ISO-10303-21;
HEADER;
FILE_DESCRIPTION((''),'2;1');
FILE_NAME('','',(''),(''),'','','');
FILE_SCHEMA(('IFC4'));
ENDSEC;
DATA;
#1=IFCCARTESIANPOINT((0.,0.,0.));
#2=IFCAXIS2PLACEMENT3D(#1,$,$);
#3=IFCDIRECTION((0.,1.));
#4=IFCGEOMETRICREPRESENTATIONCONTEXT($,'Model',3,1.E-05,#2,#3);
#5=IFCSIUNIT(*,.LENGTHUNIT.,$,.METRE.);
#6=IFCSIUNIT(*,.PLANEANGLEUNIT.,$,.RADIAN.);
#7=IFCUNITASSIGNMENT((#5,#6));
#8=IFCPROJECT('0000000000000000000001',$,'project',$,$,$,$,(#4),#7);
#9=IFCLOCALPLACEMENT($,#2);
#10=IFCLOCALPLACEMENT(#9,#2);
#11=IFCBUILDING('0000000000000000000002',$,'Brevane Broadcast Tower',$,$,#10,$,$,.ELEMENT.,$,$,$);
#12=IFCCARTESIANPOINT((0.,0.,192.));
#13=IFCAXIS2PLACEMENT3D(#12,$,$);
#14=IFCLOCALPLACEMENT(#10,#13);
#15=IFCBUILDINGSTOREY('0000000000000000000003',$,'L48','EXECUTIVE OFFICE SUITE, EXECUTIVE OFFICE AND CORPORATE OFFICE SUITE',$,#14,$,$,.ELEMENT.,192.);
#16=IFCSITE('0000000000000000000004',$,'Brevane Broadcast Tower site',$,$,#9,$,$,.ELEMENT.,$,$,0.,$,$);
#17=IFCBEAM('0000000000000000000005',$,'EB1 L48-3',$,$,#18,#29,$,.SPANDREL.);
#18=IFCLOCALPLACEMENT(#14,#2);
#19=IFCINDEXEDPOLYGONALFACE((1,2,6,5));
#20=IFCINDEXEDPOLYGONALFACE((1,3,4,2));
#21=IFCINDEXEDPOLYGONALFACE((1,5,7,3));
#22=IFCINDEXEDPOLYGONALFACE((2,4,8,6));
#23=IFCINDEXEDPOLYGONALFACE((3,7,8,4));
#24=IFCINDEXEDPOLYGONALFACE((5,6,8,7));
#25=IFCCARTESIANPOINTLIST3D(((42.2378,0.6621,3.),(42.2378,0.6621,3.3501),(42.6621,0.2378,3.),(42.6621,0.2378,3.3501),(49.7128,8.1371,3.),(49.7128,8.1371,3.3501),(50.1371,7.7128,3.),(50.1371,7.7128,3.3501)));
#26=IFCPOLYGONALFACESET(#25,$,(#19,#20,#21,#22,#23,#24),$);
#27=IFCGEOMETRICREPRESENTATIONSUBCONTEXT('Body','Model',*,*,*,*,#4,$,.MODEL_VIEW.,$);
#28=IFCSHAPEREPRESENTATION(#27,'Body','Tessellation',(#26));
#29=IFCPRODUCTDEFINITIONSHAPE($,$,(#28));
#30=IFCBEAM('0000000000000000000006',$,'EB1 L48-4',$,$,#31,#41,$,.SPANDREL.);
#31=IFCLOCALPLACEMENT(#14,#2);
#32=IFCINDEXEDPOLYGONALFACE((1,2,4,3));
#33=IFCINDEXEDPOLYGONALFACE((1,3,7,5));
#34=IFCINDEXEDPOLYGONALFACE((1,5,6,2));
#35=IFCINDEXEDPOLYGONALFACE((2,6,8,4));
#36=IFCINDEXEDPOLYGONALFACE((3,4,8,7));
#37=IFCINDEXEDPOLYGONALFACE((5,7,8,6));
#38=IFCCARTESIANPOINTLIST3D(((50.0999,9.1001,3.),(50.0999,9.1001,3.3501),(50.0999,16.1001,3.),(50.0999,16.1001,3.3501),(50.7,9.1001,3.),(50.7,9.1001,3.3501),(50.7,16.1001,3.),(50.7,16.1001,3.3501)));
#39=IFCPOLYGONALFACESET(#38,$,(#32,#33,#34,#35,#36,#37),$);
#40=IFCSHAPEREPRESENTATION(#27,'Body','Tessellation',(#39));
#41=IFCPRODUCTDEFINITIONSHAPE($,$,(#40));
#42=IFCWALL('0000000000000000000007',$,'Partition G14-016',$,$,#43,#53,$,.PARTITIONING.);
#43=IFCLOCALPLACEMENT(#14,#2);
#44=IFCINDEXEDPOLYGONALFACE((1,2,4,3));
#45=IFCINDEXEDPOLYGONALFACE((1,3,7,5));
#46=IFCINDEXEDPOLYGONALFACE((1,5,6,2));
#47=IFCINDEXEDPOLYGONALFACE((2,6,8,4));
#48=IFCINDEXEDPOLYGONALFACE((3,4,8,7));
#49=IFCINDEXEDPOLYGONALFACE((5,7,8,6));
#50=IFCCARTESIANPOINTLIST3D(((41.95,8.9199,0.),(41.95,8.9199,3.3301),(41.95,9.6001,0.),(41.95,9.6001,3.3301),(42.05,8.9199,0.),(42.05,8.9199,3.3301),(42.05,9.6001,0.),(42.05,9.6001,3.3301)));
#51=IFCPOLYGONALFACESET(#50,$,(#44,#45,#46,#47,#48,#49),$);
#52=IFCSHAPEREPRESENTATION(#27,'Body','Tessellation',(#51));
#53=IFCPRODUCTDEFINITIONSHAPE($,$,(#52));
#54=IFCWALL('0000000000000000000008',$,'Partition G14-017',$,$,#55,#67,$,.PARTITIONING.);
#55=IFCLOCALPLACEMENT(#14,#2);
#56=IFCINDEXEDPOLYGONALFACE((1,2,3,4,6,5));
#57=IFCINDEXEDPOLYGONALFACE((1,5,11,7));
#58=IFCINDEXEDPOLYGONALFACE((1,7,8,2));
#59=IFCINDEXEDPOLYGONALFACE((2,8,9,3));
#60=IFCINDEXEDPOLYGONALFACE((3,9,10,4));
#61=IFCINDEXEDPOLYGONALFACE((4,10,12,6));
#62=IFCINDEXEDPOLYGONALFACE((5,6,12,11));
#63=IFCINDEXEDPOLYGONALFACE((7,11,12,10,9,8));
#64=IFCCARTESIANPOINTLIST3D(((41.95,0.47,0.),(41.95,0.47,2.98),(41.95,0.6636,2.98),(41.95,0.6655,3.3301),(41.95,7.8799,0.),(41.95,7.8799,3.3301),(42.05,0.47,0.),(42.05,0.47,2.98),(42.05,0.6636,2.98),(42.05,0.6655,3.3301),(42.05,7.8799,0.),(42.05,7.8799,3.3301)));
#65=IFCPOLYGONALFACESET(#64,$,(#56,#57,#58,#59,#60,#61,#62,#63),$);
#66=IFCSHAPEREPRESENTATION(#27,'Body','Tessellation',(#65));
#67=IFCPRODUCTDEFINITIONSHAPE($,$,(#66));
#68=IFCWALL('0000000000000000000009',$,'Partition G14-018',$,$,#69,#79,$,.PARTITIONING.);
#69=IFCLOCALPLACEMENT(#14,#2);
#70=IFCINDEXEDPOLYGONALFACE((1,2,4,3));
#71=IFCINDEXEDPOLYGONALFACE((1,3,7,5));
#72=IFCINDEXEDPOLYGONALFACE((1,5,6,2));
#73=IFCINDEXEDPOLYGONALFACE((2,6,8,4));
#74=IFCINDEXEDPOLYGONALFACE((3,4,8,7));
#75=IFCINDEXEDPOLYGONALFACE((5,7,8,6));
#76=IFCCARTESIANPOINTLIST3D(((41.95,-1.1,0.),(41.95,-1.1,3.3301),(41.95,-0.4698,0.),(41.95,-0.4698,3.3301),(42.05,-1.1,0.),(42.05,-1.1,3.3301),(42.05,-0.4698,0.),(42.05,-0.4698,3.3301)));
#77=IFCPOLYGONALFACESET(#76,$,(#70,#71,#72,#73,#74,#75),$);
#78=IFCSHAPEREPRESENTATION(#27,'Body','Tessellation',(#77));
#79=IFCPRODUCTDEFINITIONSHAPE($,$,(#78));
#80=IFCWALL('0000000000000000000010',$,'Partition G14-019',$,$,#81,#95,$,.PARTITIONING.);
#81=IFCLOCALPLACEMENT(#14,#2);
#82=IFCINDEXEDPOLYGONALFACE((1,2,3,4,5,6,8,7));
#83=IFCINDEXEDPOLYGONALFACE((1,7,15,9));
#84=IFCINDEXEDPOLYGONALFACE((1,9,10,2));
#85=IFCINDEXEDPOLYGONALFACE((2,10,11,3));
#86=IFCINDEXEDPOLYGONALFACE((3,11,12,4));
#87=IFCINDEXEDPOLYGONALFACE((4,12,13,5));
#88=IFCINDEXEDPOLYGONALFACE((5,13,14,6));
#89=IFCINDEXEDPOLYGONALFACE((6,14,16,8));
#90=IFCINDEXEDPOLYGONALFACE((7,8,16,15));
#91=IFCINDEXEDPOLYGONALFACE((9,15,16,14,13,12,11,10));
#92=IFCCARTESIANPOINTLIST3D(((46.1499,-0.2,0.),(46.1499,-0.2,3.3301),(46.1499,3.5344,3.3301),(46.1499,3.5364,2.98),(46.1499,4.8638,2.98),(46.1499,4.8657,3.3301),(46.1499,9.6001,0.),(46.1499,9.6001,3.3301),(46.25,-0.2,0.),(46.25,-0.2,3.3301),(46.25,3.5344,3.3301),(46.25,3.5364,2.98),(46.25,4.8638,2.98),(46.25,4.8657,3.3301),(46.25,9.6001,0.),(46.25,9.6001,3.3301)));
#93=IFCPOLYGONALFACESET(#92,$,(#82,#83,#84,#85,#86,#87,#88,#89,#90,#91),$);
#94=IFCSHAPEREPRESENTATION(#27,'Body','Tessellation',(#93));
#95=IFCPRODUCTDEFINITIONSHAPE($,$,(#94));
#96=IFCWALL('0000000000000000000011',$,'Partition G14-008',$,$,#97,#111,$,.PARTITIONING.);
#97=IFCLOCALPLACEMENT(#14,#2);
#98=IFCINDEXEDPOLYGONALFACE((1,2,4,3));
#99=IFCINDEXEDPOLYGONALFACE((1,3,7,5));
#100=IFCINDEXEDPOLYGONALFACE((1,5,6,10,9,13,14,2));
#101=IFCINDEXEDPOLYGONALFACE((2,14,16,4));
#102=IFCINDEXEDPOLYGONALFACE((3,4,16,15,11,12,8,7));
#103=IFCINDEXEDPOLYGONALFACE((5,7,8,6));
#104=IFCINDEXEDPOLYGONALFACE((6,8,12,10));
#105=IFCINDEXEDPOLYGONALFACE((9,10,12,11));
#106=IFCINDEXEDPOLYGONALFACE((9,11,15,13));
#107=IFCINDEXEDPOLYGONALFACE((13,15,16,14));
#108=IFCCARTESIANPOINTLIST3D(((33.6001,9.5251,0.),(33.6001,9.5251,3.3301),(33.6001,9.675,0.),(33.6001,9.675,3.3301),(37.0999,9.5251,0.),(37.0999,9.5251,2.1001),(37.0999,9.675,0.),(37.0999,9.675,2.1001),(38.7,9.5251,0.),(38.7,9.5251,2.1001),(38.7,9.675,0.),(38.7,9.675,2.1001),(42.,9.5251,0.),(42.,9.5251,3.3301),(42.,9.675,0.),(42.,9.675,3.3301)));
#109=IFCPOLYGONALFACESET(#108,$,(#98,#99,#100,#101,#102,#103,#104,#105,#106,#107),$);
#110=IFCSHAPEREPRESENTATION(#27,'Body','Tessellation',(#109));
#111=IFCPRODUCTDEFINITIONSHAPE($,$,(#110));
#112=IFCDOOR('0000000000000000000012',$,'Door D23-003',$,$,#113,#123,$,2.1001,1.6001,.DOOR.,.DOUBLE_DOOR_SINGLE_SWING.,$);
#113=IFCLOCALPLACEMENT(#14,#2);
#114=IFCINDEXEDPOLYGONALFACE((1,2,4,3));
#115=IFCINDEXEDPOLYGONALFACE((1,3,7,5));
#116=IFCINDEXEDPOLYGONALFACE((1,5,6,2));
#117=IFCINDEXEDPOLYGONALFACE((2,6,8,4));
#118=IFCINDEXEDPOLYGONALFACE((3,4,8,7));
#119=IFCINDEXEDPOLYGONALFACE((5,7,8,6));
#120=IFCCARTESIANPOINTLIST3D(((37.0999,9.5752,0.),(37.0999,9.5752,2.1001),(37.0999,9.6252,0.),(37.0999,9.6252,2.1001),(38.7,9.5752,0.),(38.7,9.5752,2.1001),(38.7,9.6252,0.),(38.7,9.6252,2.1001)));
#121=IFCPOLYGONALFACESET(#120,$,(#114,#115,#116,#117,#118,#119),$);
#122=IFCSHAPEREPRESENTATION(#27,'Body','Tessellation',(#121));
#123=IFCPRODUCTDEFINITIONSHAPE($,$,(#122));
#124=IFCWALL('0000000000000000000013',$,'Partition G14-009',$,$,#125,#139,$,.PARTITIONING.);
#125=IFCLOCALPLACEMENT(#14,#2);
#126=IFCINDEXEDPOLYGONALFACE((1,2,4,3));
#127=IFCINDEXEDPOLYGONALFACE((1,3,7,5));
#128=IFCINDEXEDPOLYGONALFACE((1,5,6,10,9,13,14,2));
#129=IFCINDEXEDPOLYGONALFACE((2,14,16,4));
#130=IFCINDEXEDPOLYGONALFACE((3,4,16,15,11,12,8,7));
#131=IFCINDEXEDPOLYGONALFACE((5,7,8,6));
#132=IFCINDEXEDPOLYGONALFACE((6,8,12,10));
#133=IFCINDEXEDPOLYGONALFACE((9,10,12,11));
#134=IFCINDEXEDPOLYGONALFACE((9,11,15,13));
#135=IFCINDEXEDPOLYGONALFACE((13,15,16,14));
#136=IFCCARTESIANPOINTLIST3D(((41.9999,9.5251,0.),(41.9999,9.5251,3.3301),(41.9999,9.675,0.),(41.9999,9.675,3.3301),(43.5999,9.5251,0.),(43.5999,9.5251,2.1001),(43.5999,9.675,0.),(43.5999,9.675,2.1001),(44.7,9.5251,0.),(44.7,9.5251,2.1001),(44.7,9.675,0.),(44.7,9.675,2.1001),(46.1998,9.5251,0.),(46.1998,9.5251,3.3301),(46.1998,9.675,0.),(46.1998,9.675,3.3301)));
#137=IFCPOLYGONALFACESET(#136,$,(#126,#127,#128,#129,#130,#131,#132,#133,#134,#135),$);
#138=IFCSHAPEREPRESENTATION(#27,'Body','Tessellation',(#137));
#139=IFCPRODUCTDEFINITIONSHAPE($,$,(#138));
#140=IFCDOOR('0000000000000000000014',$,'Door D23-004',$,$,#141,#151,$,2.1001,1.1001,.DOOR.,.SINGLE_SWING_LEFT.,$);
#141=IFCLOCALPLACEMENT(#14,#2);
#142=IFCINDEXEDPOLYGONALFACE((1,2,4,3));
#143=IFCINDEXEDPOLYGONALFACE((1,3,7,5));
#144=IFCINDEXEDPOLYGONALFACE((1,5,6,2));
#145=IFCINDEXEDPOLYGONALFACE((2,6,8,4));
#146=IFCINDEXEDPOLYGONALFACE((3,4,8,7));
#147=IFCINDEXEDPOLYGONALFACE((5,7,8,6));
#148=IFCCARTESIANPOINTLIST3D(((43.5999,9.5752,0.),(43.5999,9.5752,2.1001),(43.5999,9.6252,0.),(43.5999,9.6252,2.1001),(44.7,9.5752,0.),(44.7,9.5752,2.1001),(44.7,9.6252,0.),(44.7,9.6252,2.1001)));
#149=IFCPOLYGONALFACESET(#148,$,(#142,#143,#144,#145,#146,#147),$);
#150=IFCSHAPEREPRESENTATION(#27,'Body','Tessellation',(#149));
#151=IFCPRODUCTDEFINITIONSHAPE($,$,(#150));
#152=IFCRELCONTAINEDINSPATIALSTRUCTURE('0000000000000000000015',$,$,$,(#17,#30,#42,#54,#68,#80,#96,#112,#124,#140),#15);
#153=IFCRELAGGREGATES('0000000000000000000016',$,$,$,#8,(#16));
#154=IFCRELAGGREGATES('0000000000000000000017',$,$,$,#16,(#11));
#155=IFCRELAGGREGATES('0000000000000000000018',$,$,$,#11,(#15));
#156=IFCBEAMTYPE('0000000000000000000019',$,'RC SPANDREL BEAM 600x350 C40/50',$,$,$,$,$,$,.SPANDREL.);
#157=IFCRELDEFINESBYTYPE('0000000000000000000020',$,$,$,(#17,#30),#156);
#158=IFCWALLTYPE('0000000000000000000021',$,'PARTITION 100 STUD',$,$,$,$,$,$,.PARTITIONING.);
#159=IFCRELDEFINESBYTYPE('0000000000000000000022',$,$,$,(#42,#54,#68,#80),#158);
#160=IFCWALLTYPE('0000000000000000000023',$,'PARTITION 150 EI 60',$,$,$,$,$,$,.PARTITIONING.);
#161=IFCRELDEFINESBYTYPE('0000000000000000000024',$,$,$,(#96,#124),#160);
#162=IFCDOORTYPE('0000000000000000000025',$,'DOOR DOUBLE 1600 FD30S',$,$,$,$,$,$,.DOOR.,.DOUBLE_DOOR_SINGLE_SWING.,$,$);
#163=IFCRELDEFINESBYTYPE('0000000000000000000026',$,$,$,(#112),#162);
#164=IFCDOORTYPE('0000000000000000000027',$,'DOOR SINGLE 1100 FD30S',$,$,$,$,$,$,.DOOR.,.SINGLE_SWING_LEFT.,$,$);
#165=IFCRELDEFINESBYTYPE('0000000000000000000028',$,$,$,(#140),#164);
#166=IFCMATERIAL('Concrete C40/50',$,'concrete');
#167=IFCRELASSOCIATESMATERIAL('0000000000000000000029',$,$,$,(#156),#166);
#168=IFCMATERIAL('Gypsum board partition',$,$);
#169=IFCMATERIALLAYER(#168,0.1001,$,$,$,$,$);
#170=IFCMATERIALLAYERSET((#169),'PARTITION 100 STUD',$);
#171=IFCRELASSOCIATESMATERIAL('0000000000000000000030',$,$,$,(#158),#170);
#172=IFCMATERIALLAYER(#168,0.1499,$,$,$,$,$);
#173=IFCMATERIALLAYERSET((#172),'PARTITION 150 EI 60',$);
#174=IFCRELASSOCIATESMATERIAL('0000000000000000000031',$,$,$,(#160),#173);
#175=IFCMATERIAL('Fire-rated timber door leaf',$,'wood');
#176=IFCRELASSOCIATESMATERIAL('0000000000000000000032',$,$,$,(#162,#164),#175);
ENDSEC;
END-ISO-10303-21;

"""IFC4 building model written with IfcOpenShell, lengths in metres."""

from ifc_helpers import new_model, si_unit, direction, frame, frame_2d, origin, origin_2d, place, context, subcontext, project, spatial, polyline, rectangle, outline, extrude, material, layer, layer_set, material_profile, profile_set, type_object, element, fill, save


model = new_model("IFC4")

# Units and contexts
model_context = context("Model", 3, precision=1e-05, world=origin(), true_north=direction((0.0, 1.0)))
body_context = subcontext(model_context, "Body", "Model", "MODEL_VIEW")
ifc_project = project(units=[si_unit("LENGTHUNIT", "METRE"), si_unit("PLANEANGLEUNIT", "RADIAN")], contexts=[model_context])

# Site, building, storey
site_placement = place(None, origin())
site = spatial("IfcSite", under=ifc_project, at=site_placement, Name="Brevane Broadcast Tower site", CompositionType="ELEMENT", RefElevation=0.0)
building_placement = place(site_placement, origin())
building = spatial("IfcBuilding", under=site, at=building_placement, Name="Brevane Broadcast Tower", CompositionType="ELEMENT")
storey_placement = place(building_placement, frame((0.0, 0.0, 192.0)))
storey = spatial("IfcBuildingStorey", under=building, at=storey_placement, Name="L48", Description="EXECUTIVE OFFICE SUITE, EXECUTIVE OFFICE AND CORPORATE OFFICE SUITE", CompositionType="ELEMENT", Elevation=192.0)

# Beams
ifc_material_1 = material(Name="Concrete C40/50", Category="concrete")
ifc_material_profile_1 = material_profile(ifc_material_1, rectangle(XDim=0.6001, YDim=0.3501, at=origin_2d()), Name="RC 600x350")
ifc_profile_set_1 = profile_set([ifc_material_profile_1], Name="Concrete C40/50")
beam_type = type_object("IfcBeamType", Name="RC SPANDREL BEAM 600x350 C40/50", PredefinedType="SPANDREL", material=ifc_profile_set_1)
beam_1_placement = place(storey_placement, frame((42.45, 0.45, 3.175), z_axis=(0.707107, 0.707107, 0.0), x_axis=(-0.707107, 0.707107, 0.0)))
element("IfcBeam", 1, at=beam_1_placement, inside=storey, type_object=beam_type, Name="EB1 L48-3", PredefinedType="SPANDREL", context=body_context, shape_type="SweptSolid", body=[
    extrude(rectangle(XDim=0.6001, YDim=0.3501, at=origin_2d()), origin(), (0.0, 0.0, 1.0), 10.5713),
])
beam_2_placement = place(storey_placement, frame((50.3999, 9.1001, 3.175), z_axis=(0.0, 1.0, 0.0), x_axis=(-1.0, 0.0, 0.0)))
element("IfcBeam", 2, at=beam_2_placement, inside=storey, type_object=beam_type, Name="EB1 L48-4", PredefinedType="SPANDREL", context=body_context, shape_type="SweptSolid", body=[
    extrude(rectangle(XDim=0.6001, YDim=0.3501, at=origin_2d()), origin(), (0.0, 0.0, 1.0), 7.0),
])

# Walls
ifc_material_2 = material(Name="Gypsum board partition")
ifc_layer_1 = layer(ifc_material_2, 0.1001)
ifc_layer_set_1 = layer_set([ifc_layer_1], Name="PARTITION 100 STUD")
wall_type_1 = type_object("IfcWallType", Name="PARTITION 100 STUD", PredefinedType="PARTITIONING", material=ifc_layer_set_1)
wall_1_placement = place(storey_placement, frame((42.0, 9.6001, 0.0), z_axis=(0.0, 0.0, 1.0), x_axis=(0.0, -1.0, 0.0)))
element("IfcWall", 3, at=wall_1_placement, inside=storey, type_object=wall_type_1, Name="Partition G14-016", PredefinedType="PARTITIONING", context=body_context, shape_type="SweptSolid", body=[
    extrude(rectangle(XDim=0.6802, YDim=0.1001, at=frame_2d((0.3401, 0.0))), origin(), (0.0, 0.0, 1.0), 3.3301),
])
wall_2_placement = place(storey_placement, frame((42.0, 7.8799, 0.0), z_axis=(0.0, 0.0, 1.0), x_axis=(0.0, -1.0, 0.0)))
element("IfcWall", 4, at=wall_2_placement, inside=storey, type_object=wall_type_1, Name="Partition G14-017", PredefinedType="PARTITIONING", context=body_context, shape_type="SweptSolid", body=[
    extrude(outline(polyline([(0.0, 0.0), (7.4099, 0.0), (7.4099, 2.98), (7.2163, 2.98), (7.2144, 3.3301), (0.0, 3.3301), (0.0, 0.0)])), frame((0.0, 0.05, 0.0), z_axis=(0.0, -1.0, 0.0), x_axis=(1.0, 0.0, 0.0)), (0.0, 0.0, 1.0), 0.1001),
])
wall_3_placement = place(storey_placement, frame((42.0, -0.47, 0.0), z_axis=(0.0, 0.0, 1.0), x_axis=(0.0, -1.0, 0.0)))
element("IfcWall", 5, at=wall_3_placement, inside=storey, type_object=wall_type_1, Name="Partition G14-018", PredefinedType="PARTITIONING", context=body_context, shape_type="SweptSolid", body=[
    extrude(rectangle(XDim=0.6301, YDim=0.1001, at=frame_2d((0.3149, 0.0))), origin(), (0.0, 0.0, 1.0), 3.3301),
])
wall_4_placement = place(storey_placement, frame((46.2, 9.6001, 0.0), z_axis=(0.0, 0.0, 1.0), x_axis=(0.0, -1.0, 0.0)))
element("IfcWall", 6, at=wall_4_placement, inside=storey, type_object=wall_type_1, Name="Partition G14-019", PredefinedType="PARTITIONING", context=body_context, shape_type="SweptSolid", body=[
    extrude(outline(polyline([(0.0, 0.0), (9.8, 0.0), (9.8, 3.3301), (6.0657, 3.3301), (6.0637, 2.98), (4.7363, 2.98), (4.7344, 3.3301), (0.0, 3.3301), (0.0, 0.0)])), frame((0.0, 0.05, 0.0), z_axis=(0.0, -1.0, 0.0), x_axis=(1.0, 0.0, 0.0)), (0.0, 0.0, 1.0), 0.1001),
])

# Walls, openings, doors
ifc_layer_2 = layer(ifc_material_2, 0.1499)
ifc_layer_set_2 = layer_set([ifc_layer_2], Name="PARTITION 150 EI 60")
wall_type_2 = type_object("IfcWallType", Name="PARTITION 150 EI 60", PredefinedType="PARTITIONING", material=ifc_layer_set_2)
wall_5_placement = place(storey_placement, frame((42.0, 9.6001, 0.0), z_axis=(0.0, 0.0, 1.0), x_axis=(-1.0, 0.0, 0.0)))
wall_5 = element("IfcWall", 7, at=wall_5_placement, inside=storey, type_object=wall_type_2, Name="Partition G14-008", PredefinedType="PARTITIONING", context=body_context, shape_type="SweptSolid", body=[
    extrude(rectangle(XDim=8.3999, YDim=0.1499, at=frame_2d((4.2, 0.0))), origin(), (0.0, 0.0, 1.0), 3.3301),
])
opening_1_placement = place(wall_5_placement, frame((3.3, 0.0, 0.0)))
opening_1 = element("IfcOpeningElement", 8, at=opening_1_placement, cuts=wall_5, PredefinedType="OPENING", context=body_context, shape_type="SweptSolid", body=[
    extrude(rectangle(XDim=1.6001, YDim=2.1001, at=frame_2d((0.8, 1.05))), frame((0.0, 0.085, 0.0), z_axis=(0.0, -1.0, 0.0), x_axis=(1.0, 0.0, 0.0)), (0.0, 0.0, 1.0), 0.1699),
])
ifc_material_3 = material(Name="Fire-rated timber door leaf", Category="wood")
door_type_1 = type_object("IfcDoorType", Name="DOOR DOUBLE 1600 FD30S", OperationType="DOUBLE_DOOR_SINGLE_SWING", PredefinedType="DOOR", material=ifc_material_3)
door_1_placement = place(opening_1_placement, origin())
door_1 = element("IfcDoor", 9, at=door_1_placement, inside=storey, type_object=door_type_1, Name="Door D23-003", OperationType="DOUBLE_DOOR_SINGLE_SWING", OverallHeight=2.1001, OverallWidth=1.6001, PredefinedType="DOOR", context=body_context, shape_type="SweptSolid", body=[
    extrude(rectangle(XDim=1.6001, YDim=2.1001, at=frame_2d((0.8, 1.05))), frame((0.0, 0.0249, 0.0), z_axis=(0.0, -1.0, 0.0), x_axis=(1.0, 0.0, 0.0)), (0.0, 0.0, 1.0), 0.05),
])
fill(opening_1, door_1)
wall_6_placement = place(storey_placement, frame((46.2, 9.6001, 0.0), z_axis=(0.0, 0.0, 1.0), x_axis=(-1.0, 0.0, 0.0)))
wall_6 = element("IfcWall", 10, at=wall_6_placement, inside=storey, type_object=wall_type_2, Name="Partition G14-009", PredefinedType="PARTITIONING", context=body_context, shape_type="SweptSolid", body=[
    extrude(rectangle(XDim=4.2, YDim=0.1499, at=frame_2d((2.1001, 0.0))), origin(), (0.0, 0.0, 1.0), 3.3301),
])
opening_2_placement = place(wall_6_placement, frame((1.5, 0.0, 0.0)))
opening_2 = element("IfcOpeningElement", 11, at=opening_2_placement, cuts=wall_6, PredefinedType="OPENING", context=body_context, shape_type="SweptSolid", body=[
    extrude(rectangle(XDim=1.1001, YDim=2.1001, at=frame_2d((0.55, 1.05))), frame((0.0, 0.085, 0.0), z_axis=(0.0, -1.0, 0.0), x_axis=(1.0, 0.0, 0.0)), (0.0, 0.0, 1.0), 0.1699),
])
door_type_2 = type_object("IfcDoorType", Name="DOOR SINGLE 1100 FD30S", OperationType="SINGLE_SWING_LEFT", PredefinedType="DOOR", material=ifc_material_3)
door_2_placement = place(opening_2_placement, origin())
door_2 = element("IfcDoor", 12, at=door_2_placement, inside=storey, type_object=door_type_2, Name="Door D23-004", OperationType="SINGLE_SWING_LEFT", OverallHeight=2.1001, OverallWidth=1.1001, PredefinedType="DOOR", context=body_context, shape_type="SweptSolid", body=[
    extrude(rectangle(XDim=1.1001, YDim=2.1001, at=frame_2d((0.55, 1.05))), frame((0.0, 0.0249, 0.0), z_axis=(0.0, -1.0, 0.0), x_axis=(1.0, 0.0, 0.0)), (0.0, 0.0, 1.0), 0.05),
])
fill(opening_2, door_2)

save(model, "model.ifc")
